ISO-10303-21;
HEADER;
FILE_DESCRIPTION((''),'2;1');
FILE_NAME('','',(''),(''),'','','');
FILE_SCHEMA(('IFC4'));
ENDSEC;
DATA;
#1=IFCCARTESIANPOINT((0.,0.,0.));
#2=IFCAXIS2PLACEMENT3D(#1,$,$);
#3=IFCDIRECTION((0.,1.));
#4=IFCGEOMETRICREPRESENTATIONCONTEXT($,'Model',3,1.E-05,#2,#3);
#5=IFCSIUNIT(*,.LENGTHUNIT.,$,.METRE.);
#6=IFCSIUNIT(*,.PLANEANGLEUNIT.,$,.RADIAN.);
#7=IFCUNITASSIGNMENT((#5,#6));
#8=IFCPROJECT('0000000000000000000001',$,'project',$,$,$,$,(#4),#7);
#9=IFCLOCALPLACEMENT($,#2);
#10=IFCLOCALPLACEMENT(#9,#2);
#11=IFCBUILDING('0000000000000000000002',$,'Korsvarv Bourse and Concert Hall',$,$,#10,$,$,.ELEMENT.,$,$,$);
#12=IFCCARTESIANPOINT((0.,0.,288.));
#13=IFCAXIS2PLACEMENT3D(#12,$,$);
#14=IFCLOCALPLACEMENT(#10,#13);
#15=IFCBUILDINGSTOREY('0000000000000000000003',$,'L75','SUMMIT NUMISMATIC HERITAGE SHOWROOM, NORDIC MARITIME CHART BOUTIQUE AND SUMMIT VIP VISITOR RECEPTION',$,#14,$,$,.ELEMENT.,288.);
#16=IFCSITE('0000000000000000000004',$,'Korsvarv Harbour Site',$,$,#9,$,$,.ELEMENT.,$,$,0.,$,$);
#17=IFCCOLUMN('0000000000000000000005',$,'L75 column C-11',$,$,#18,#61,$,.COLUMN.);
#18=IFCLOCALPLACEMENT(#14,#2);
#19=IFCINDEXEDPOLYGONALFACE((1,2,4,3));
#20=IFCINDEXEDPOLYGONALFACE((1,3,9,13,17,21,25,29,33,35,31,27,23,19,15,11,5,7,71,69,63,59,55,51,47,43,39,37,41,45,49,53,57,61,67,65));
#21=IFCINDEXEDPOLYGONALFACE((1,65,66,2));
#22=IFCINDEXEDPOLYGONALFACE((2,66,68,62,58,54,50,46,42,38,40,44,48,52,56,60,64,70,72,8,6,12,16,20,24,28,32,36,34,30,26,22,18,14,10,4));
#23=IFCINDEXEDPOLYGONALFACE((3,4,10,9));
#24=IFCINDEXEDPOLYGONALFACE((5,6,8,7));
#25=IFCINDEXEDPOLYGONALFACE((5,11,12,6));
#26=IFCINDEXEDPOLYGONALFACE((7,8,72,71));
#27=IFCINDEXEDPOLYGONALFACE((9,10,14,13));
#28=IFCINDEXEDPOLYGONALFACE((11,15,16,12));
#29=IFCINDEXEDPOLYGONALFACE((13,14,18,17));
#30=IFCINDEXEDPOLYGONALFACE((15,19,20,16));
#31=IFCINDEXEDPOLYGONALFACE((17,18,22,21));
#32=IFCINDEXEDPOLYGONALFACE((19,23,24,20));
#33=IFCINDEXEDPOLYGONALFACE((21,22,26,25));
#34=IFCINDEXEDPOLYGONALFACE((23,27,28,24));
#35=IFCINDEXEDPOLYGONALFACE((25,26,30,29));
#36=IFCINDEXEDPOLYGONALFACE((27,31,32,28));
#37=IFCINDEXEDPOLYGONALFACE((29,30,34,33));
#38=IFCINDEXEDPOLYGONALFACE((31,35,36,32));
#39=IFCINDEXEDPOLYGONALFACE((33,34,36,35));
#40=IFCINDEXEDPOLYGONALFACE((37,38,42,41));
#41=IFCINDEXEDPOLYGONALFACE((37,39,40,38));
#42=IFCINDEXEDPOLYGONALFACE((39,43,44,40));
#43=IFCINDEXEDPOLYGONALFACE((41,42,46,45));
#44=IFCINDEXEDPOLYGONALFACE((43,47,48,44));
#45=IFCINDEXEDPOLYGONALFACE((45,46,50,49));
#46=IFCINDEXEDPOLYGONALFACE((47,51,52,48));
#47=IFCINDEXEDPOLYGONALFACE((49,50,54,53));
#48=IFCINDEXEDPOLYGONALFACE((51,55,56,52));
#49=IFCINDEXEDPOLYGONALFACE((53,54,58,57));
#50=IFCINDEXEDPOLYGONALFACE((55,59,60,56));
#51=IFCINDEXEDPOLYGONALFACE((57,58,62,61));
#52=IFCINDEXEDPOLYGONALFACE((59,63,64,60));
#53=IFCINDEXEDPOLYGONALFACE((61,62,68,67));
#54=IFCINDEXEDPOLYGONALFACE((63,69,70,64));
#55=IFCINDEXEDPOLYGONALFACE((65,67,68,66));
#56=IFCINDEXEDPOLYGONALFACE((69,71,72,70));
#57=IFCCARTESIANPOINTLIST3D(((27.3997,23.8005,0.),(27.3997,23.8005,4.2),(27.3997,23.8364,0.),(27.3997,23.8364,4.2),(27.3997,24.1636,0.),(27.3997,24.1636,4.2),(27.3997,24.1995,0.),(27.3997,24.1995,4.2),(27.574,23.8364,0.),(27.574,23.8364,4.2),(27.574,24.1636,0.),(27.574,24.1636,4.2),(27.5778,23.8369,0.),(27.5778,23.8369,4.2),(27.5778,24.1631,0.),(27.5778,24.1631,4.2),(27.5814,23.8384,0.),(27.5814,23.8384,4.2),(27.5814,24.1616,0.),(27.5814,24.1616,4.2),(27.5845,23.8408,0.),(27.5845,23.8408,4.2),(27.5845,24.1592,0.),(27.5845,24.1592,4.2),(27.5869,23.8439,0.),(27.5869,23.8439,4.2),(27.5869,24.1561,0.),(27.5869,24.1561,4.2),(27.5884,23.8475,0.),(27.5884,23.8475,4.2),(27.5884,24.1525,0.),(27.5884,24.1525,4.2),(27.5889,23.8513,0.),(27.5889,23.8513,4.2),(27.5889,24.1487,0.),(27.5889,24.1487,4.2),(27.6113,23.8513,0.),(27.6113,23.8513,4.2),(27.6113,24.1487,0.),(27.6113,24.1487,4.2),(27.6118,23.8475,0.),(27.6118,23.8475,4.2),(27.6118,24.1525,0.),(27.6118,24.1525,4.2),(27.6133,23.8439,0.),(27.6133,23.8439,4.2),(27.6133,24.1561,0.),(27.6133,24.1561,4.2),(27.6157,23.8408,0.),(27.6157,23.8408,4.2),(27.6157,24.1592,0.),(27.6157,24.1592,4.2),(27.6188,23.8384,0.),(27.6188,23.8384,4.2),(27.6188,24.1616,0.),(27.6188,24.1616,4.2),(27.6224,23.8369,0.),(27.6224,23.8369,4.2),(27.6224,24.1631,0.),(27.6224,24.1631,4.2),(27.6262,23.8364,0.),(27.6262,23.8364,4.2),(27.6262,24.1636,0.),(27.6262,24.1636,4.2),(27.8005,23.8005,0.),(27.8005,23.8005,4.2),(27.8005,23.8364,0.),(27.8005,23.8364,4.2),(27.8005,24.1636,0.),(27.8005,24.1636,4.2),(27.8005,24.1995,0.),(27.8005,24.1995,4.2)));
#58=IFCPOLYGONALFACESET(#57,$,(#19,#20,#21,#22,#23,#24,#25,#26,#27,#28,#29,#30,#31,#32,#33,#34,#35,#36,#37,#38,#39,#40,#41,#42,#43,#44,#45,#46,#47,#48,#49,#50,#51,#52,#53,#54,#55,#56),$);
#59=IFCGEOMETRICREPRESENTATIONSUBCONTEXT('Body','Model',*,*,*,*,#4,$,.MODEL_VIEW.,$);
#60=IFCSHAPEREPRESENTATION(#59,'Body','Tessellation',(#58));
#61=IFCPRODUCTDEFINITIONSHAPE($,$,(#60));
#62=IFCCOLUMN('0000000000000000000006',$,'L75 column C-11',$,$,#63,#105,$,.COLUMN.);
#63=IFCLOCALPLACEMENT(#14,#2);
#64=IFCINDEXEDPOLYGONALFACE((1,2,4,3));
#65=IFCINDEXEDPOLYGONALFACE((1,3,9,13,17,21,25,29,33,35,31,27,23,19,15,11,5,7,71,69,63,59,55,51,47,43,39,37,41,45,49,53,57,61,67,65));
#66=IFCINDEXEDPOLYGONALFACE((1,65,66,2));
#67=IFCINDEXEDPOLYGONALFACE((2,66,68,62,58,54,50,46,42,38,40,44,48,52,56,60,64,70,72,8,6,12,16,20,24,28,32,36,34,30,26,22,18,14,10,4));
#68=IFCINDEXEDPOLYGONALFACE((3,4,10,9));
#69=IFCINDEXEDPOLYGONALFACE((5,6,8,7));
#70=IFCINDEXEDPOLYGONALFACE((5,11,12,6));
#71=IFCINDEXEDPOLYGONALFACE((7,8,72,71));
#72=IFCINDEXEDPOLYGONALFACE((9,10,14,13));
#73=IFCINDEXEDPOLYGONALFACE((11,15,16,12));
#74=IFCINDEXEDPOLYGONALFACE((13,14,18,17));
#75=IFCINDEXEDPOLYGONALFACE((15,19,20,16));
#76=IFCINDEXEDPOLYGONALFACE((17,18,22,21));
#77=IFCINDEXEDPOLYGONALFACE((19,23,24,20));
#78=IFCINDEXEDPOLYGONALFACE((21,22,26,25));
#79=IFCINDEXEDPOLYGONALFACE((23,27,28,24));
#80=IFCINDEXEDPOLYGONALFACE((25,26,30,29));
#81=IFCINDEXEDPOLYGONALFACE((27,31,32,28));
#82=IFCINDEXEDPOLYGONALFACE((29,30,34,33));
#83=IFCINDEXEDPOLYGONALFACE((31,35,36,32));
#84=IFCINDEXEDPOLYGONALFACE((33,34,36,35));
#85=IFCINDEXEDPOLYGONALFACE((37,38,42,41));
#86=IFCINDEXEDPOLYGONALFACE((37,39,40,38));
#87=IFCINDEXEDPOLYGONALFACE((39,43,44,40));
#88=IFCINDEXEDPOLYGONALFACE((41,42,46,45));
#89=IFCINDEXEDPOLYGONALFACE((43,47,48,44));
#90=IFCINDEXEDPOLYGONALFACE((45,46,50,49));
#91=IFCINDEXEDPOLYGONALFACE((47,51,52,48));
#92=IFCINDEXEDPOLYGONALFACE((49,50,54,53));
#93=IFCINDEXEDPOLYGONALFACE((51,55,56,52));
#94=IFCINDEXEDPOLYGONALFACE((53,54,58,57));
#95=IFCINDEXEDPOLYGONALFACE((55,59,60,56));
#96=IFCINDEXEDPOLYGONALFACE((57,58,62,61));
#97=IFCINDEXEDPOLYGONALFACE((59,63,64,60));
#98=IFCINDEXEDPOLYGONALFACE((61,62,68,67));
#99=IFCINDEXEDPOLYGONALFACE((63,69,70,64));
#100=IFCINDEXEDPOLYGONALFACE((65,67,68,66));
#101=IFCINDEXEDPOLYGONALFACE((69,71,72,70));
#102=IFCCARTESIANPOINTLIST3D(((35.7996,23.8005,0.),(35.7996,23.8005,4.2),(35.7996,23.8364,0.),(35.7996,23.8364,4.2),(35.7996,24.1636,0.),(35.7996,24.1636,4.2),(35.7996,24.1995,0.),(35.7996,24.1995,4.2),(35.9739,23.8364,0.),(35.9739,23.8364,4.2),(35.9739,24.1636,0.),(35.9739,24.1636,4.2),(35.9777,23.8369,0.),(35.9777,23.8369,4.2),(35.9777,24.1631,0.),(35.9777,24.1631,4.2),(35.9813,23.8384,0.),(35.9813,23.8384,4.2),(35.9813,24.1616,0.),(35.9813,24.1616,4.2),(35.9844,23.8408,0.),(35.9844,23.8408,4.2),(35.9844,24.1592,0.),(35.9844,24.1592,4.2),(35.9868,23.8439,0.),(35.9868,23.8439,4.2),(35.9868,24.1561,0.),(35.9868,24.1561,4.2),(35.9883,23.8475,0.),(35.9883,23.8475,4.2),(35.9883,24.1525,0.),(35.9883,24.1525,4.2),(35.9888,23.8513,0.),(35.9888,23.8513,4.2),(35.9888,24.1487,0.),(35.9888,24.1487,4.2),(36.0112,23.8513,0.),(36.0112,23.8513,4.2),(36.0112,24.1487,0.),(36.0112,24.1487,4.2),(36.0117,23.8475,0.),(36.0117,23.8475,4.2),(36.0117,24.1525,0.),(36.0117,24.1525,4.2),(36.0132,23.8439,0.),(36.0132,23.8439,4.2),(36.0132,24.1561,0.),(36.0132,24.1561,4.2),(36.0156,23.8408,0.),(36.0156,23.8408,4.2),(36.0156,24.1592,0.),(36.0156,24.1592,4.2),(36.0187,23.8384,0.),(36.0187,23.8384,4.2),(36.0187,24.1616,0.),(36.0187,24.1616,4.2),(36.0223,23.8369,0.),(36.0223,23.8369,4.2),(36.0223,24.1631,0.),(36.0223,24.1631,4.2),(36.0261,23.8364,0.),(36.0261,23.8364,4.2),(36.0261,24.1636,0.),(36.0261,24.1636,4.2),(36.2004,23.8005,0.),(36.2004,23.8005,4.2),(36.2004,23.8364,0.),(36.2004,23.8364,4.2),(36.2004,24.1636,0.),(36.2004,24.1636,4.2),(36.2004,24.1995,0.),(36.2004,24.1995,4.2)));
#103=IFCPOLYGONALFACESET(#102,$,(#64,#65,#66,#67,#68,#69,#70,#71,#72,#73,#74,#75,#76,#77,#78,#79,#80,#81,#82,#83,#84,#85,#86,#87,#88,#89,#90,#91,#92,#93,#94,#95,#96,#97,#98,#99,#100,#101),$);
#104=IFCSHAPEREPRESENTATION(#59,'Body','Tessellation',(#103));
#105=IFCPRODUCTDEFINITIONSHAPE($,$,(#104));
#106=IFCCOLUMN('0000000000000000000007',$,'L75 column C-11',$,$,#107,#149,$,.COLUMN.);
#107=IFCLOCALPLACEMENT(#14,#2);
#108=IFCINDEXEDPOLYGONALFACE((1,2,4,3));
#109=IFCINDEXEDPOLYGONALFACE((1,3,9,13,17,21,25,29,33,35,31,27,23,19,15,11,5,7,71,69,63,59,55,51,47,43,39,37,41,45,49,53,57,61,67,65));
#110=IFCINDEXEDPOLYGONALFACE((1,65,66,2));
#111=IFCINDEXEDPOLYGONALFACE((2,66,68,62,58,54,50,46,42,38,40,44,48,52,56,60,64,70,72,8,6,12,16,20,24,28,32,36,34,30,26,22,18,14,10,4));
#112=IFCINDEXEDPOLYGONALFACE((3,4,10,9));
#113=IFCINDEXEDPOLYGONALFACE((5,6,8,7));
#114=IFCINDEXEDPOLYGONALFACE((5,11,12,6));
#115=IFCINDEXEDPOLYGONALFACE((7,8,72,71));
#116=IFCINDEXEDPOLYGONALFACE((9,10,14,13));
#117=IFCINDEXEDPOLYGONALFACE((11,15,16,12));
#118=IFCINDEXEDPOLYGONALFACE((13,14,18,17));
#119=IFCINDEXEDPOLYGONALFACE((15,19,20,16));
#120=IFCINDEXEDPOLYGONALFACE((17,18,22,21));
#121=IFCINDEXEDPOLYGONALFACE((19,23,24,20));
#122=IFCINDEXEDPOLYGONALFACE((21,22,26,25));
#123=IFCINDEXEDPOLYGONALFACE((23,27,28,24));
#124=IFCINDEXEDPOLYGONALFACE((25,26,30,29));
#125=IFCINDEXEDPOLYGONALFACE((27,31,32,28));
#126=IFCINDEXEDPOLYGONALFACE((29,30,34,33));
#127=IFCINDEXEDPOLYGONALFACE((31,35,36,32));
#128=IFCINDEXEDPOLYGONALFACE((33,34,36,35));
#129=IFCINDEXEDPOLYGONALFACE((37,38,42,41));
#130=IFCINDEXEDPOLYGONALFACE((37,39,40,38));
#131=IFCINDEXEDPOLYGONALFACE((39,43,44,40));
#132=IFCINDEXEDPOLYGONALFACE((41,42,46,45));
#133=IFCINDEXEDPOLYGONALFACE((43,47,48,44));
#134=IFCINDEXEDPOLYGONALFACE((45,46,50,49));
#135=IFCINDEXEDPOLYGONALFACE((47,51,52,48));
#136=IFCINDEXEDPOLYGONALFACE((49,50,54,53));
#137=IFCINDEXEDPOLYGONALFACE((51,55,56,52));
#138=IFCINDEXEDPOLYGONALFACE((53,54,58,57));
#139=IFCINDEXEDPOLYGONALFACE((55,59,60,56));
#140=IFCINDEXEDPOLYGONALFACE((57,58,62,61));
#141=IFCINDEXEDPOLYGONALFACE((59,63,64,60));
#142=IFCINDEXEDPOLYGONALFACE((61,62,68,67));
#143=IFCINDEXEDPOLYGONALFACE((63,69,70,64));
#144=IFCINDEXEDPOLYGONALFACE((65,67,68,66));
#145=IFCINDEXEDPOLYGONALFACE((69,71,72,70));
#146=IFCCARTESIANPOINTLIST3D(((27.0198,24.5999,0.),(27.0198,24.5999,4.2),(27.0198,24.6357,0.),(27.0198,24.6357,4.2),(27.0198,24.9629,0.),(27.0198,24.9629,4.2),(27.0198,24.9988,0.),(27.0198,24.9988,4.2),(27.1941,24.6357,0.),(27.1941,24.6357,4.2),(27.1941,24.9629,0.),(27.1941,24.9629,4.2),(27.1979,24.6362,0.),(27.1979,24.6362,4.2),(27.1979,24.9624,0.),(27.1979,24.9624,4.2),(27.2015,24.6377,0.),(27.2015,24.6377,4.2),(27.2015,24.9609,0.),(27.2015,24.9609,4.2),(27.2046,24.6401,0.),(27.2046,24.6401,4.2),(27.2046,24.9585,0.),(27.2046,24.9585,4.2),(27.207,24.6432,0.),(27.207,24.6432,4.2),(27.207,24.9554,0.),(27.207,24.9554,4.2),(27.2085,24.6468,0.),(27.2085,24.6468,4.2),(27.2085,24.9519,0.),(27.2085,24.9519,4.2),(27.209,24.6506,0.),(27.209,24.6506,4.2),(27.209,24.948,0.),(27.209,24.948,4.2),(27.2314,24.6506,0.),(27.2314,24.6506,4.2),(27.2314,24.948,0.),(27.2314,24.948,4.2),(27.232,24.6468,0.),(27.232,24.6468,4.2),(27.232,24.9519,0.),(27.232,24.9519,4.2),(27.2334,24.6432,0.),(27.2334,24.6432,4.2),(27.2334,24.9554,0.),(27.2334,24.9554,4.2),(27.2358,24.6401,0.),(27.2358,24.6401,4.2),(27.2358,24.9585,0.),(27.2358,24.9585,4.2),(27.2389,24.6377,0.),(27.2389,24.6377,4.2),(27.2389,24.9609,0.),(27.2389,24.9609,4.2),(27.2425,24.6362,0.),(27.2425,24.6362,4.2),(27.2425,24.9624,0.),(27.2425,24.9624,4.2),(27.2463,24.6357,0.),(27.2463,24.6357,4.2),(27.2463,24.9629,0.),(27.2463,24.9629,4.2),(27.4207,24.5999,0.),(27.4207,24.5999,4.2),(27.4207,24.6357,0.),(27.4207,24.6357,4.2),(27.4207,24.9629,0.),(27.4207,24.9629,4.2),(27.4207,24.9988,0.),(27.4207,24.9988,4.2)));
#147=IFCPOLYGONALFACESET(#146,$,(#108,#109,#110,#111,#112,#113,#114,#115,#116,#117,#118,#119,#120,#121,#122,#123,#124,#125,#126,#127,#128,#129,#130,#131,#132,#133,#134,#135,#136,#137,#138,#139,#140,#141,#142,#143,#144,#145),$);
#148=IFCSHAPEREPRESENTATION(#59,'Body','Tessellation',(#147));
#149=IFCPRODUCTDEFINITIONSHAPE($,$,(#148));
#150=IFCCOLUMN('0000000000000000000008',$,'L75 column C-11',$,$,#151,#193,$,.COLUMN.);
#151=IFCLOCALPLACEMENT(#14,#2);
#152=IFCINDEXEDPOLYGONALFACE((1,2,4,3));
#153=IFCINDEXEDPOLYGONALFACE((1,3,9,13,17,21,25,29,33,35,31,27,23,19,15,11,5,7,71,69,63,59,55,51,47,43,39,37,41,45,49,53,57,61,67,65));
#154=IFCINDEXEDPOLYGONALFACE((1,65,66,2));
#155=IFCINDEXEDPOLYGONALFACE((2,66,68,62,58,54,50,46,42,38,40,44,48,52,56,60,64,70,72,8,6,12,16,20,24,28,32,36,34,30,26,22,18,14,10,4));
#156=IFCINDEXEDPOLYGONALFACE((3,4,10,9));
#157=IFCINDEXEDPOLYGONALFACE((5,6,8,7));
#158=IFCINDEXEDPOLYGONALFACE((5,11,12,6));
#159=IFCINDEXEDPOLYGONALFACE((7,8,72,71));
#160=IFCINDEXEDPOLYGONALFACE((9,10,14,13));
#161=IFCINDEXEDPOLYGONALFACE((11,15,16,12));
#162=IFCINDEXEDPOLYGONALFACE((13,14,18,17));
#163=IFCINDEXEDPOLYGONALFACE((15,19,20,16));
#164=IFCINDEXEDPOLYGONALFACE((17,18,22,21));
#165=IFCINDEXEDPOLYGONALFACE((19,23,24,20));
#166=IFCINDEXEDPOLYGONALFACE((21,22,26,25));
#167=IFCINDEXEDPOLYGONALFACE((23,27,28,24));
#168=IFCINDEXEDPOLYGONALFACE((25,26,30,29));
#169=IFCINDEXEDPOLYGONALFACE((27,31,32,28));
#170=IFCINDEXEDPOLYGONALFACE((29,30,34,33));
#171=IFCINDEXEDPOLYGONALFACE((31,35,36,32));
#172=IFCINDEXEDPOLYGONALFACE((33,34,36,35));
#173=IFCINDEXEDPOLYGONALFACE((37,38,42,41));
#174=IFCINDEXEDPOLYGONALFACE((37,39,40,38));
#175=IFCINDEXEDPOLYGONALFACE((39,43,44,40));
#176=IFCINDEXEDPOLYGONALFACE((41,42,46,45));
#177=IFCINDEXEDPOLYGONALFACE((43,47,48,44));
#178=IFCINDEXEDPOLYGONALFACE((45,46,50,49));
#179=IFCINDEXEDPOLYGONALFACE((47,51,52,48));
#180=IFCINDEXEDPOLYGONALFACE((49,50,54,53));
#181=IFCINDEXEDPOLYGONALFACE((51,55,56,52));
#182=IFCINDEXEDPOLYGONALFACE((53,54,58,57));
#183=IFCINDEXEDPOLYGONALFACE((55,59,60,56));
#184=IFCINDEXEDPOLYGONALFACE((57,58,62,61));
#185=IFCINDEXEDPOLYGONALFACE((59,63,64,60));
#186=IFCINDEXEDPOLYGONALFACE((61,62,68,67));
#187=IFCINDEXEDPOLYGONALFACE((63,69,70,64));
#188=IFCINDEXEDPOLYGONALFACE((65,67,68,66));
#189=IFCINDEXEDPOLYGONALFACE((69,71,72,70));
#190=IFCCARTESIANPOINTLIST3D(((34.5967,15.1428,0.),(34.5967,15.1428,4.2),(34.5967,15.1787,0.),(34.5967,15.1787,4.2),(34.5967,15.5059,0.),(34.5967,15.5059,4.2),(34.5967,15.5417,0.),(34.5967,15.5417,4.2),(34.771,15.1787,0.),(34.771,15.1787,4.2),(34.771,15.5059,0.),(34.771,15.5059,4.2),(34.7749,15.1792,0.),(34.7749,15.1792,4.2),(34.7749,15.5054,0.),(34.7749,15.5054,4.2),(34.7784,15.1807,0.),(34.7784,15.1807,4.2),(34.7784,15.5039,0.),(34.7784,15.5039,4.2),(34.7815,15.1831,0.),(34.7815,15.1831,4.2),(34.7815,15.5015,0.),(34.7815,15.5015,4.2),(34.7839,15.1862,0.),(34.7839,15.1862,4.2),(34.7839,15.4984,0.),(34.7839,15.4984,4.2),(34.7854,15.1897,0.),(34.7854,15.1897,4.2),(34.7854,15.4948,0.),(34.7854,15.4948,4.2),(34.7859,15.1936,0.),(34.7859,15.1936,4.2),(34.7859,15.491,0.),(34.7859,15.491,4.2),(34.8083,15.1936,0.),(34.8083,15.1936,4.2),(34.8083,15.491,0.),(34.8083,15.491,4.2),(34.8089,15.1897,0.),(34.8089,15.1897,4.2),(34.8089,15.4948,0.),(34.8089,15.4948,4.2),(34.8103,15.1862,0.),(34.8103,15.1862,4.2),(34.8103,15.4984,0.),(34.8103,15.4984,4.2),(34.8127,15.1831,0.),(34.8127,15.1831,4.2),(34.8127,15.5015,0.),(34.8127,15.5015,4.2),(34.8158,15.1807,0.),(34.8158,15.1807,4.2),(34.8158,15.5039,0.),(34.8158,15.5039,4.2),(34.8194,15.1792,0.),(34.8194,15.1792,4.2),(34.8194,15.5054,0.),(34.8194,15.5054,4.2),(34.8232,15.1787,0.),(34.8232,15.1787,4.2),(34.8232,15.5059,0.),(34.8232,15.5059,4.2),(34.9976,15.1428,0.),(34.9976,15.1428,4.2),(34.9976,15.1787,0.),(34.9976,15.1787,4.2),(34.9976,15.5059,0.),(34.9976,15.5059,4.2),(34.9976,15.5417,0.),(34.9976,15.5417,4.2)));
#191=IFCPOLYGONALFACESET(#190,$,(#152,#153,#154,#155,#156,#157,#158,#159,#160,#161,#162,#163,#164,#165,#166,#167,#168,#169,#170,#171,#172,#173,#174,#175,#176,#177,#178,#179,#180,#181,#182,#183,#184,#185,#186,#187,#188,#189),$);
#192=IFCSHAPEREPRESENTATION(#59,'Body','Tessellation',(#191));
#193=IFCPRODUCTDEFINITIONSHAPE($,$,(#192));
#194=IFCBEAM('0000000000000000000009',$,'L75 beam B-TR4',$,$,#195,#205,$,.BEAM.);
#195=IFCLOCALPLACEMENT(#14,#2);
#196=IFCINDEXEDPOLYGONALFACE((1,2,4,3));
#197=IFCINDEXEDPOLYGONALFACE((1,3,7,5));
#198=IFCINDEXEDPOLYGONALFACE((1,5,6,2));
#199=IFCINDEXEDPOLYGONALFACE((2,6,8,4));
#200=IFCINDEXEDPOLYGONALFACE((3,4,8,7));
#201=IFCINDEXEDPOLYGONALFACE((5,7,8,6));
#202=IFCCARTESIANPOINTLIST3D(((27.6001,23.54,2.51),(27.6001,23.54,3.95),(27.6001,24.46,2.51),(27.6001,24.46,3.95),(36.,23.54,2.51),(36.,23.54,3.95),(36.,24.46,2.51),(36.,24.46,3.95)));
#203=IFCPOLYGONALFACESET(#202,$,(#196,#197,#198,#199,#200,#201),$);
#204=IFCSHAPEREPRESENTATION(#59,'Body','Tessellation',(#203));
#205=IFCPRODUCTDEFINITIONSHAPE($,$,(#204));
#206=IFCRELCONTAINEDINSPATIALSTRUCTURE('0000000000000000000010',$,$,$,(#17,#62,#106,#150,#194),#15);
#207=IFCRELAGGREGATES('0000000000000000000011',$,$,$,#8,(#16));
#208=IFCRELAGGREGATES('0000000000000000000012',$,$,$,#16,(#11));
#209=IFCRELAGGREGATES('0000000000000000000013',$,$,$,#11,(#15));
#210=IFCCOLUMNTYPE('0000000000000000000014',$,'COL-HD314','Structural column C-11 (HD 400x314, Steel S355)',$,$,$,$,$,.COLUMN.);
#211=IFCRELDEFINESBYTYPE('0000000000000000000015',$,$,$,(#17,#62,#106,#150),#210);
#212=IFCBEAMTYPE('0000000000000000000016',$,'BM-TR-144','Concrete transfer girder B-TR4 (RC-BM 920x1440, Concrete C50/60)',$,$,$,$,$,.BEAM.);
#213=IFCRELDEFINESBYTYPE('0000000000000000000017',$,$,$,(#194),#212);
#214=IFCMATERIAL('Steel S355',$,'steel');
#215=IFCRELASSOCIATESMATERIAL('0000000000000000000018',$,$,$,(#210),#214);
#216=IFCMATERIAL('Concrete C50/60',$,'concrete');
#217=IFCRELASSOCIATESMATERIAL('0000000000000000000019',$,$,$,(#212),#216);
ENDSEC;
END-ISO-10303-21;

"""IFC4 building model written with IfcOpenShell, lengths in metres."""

from ifc_helpers import new_model, si_unit, direction, frame, origin, origin_2d, place, context, subcontext, project, spatial, rectangle, i_section, extrude, source, transform, mapped, material, material_profile, profile_set, type_object, element, save


model = new_model("IFC4")

# Units and contexts
model_context = context("Model", 3, precision=1e-05, world=origin(), true_north=direction((0.0, 1.0)))
body_context = subcontext(model_context, "Body", "Model", "MODEL_VIEW")
ifc_project = project(units=[si_unit("LENGTHUNIT", "METRE"), si_unit("PLANEANGLEUNIT", "RADIAN")], contexts=[model_context])

# Site, building, storey
site_placement = place(None, origin())
site = spatial("IfcSite", under=ifc_project, at=site_placement, Name="Korsvarv Harbour Site", CompositionType="ELEMENT", RefElevation=0.0)
building_placement = place(site_placement, origin())
building = spatial("IfcBuilding", under=site, at=building_placement, Name="Korsvarv Bourse and Concert Hall", CompositionType="ELEMENT")
storey_placement = place(building_placement, frame((0.0, 0.0, 288.0)))
storey = spatial("IfcBuildingStorey", under=building, at=storey_placement, Name="L75", Description="SUMMIT NUMISMATIC HERITAGE SHOWROOM, NORDIC MARITIME CHART BOUTIQUE AND SUMMIT VIP VISITOR RECEPTION", CompositionType="ELEMENT", Elevation=288.0)

# Columns
ifc_material_1 = material(Name="Steel S355", Category="steel")
ifc_material_profile_1 = material_profile(ifc_material_1, i_section(OverallWidth=0.4009, OverallDepth=0.3989, WebThickness=0.0225, FlangeThickness=0.0359, FilletRadius=0.0149, at=origin_2d()), Name="HD 400x314")
ifc_profile_set_1 = profile_set([ifc_material_profile_1], Name="Steel S355")
column_type = type_object("IfcColumnType", Name="COL-HD314", Description="Structural column C-11 (HD 400x314, Steel S355)", PredefinedType="COLUMN", material=ifc_profile_set_1)
shared_shape_1 = source(origin(), body_context, "Body", "SweptSolid", [
    extrude(i_section(OverallWidth=0.4009, OverallDepth=0.3989, WebThickness=0.0225, FlangeThickness=0.0359, FilletRadius=0.0149, at=origin_2d()), origin(), (0.0, 0.0, 1.0), 4.2),
])
for number, where, z_axis, x_axis, name in (
    (1, (27.6001, 24.0, 0.0), (0.0, 0.0, 1.0), (1.0, 0.0, 0.0), "L75 column C-11"),
    (2, (36.0, 24.0, 0.0), (0.0, 0.0, 1.0), (1.0, 0.0, 0.0), "L75 column C-11"),
    (3, (27.2202, 24.7993, 0.0), (0.0, 0.0, 1.0), (1.0, 0.0, 0.0), "L75 column C-11"),
    (4, (34.7971, 15.3423, 0.0), (0.0, 0.0, 1.0), (1.0, 0.0, 0.0), "L75 column C-11"),
):
    element("IfcColumn", number, at=place(storey_placement, frame(where, z_axis=z_axis, x_axis=x_axis)), inside=storey, type_object=column_type, Name=name, PredefinedType="COLUMN", context=body_context, shape_type="MappedRepresentation", body=[
        mapped(shared_shape_1, transform((0.0, 0.0, 0.0), scale=1.0)),
    ])

# Beam
ifc_material_2 = material(Name="Concrete C50/60", Category="concrete")
ifc_material_profile_2 = material_profile(ifc_material_2, rectangle(XDim=0.9199, YDim=1.4399, at=origin_2d()), Name="RC-BM 920x1440")
ifc_profile_set_2 = profile_set([ifc_material_profile_2], Name="Concrete C50/60")
beam_type = type_object("IfcBeamType", Name="BM-TR-144", Description="Concrete transfer girder B-TR4 (RC-BM 920x1440, Concrete C50/60)", PredefinedType="BEAM", material=ifc_profile_set_2)
shared_shape_2 = source(origin(), body_context, "Body", "SweptSolid", [
    extrude(rectangle(XDim=0.9199, YDim=1.4399, at=origin_2d()), origin(), (0.0, 0.0, 1.0), 8.3999),
])
for number, where, z_axis, x_axis, name in (
    (5, (27.6001, 24.0, 3.23), (1.0, 0.0, 0.0), (0.0, 1.0, 0.0), "L75 beam B-TR4"),
):
    element("IfcBeam", number, at=place(storey_placement, frame(where, z_axis=z_axis, x_axis=x_axis)), inside=storey, type_object=beam_type, Name=name, PredefinedType="BEAM", context=body_context, shape_type="MappedRepresentation", body=[
        mapped(shared_shape_2, transform((0.0, 0.0, 0.0), scale=1.0)),
    ])

save(model, "model.ifc")
